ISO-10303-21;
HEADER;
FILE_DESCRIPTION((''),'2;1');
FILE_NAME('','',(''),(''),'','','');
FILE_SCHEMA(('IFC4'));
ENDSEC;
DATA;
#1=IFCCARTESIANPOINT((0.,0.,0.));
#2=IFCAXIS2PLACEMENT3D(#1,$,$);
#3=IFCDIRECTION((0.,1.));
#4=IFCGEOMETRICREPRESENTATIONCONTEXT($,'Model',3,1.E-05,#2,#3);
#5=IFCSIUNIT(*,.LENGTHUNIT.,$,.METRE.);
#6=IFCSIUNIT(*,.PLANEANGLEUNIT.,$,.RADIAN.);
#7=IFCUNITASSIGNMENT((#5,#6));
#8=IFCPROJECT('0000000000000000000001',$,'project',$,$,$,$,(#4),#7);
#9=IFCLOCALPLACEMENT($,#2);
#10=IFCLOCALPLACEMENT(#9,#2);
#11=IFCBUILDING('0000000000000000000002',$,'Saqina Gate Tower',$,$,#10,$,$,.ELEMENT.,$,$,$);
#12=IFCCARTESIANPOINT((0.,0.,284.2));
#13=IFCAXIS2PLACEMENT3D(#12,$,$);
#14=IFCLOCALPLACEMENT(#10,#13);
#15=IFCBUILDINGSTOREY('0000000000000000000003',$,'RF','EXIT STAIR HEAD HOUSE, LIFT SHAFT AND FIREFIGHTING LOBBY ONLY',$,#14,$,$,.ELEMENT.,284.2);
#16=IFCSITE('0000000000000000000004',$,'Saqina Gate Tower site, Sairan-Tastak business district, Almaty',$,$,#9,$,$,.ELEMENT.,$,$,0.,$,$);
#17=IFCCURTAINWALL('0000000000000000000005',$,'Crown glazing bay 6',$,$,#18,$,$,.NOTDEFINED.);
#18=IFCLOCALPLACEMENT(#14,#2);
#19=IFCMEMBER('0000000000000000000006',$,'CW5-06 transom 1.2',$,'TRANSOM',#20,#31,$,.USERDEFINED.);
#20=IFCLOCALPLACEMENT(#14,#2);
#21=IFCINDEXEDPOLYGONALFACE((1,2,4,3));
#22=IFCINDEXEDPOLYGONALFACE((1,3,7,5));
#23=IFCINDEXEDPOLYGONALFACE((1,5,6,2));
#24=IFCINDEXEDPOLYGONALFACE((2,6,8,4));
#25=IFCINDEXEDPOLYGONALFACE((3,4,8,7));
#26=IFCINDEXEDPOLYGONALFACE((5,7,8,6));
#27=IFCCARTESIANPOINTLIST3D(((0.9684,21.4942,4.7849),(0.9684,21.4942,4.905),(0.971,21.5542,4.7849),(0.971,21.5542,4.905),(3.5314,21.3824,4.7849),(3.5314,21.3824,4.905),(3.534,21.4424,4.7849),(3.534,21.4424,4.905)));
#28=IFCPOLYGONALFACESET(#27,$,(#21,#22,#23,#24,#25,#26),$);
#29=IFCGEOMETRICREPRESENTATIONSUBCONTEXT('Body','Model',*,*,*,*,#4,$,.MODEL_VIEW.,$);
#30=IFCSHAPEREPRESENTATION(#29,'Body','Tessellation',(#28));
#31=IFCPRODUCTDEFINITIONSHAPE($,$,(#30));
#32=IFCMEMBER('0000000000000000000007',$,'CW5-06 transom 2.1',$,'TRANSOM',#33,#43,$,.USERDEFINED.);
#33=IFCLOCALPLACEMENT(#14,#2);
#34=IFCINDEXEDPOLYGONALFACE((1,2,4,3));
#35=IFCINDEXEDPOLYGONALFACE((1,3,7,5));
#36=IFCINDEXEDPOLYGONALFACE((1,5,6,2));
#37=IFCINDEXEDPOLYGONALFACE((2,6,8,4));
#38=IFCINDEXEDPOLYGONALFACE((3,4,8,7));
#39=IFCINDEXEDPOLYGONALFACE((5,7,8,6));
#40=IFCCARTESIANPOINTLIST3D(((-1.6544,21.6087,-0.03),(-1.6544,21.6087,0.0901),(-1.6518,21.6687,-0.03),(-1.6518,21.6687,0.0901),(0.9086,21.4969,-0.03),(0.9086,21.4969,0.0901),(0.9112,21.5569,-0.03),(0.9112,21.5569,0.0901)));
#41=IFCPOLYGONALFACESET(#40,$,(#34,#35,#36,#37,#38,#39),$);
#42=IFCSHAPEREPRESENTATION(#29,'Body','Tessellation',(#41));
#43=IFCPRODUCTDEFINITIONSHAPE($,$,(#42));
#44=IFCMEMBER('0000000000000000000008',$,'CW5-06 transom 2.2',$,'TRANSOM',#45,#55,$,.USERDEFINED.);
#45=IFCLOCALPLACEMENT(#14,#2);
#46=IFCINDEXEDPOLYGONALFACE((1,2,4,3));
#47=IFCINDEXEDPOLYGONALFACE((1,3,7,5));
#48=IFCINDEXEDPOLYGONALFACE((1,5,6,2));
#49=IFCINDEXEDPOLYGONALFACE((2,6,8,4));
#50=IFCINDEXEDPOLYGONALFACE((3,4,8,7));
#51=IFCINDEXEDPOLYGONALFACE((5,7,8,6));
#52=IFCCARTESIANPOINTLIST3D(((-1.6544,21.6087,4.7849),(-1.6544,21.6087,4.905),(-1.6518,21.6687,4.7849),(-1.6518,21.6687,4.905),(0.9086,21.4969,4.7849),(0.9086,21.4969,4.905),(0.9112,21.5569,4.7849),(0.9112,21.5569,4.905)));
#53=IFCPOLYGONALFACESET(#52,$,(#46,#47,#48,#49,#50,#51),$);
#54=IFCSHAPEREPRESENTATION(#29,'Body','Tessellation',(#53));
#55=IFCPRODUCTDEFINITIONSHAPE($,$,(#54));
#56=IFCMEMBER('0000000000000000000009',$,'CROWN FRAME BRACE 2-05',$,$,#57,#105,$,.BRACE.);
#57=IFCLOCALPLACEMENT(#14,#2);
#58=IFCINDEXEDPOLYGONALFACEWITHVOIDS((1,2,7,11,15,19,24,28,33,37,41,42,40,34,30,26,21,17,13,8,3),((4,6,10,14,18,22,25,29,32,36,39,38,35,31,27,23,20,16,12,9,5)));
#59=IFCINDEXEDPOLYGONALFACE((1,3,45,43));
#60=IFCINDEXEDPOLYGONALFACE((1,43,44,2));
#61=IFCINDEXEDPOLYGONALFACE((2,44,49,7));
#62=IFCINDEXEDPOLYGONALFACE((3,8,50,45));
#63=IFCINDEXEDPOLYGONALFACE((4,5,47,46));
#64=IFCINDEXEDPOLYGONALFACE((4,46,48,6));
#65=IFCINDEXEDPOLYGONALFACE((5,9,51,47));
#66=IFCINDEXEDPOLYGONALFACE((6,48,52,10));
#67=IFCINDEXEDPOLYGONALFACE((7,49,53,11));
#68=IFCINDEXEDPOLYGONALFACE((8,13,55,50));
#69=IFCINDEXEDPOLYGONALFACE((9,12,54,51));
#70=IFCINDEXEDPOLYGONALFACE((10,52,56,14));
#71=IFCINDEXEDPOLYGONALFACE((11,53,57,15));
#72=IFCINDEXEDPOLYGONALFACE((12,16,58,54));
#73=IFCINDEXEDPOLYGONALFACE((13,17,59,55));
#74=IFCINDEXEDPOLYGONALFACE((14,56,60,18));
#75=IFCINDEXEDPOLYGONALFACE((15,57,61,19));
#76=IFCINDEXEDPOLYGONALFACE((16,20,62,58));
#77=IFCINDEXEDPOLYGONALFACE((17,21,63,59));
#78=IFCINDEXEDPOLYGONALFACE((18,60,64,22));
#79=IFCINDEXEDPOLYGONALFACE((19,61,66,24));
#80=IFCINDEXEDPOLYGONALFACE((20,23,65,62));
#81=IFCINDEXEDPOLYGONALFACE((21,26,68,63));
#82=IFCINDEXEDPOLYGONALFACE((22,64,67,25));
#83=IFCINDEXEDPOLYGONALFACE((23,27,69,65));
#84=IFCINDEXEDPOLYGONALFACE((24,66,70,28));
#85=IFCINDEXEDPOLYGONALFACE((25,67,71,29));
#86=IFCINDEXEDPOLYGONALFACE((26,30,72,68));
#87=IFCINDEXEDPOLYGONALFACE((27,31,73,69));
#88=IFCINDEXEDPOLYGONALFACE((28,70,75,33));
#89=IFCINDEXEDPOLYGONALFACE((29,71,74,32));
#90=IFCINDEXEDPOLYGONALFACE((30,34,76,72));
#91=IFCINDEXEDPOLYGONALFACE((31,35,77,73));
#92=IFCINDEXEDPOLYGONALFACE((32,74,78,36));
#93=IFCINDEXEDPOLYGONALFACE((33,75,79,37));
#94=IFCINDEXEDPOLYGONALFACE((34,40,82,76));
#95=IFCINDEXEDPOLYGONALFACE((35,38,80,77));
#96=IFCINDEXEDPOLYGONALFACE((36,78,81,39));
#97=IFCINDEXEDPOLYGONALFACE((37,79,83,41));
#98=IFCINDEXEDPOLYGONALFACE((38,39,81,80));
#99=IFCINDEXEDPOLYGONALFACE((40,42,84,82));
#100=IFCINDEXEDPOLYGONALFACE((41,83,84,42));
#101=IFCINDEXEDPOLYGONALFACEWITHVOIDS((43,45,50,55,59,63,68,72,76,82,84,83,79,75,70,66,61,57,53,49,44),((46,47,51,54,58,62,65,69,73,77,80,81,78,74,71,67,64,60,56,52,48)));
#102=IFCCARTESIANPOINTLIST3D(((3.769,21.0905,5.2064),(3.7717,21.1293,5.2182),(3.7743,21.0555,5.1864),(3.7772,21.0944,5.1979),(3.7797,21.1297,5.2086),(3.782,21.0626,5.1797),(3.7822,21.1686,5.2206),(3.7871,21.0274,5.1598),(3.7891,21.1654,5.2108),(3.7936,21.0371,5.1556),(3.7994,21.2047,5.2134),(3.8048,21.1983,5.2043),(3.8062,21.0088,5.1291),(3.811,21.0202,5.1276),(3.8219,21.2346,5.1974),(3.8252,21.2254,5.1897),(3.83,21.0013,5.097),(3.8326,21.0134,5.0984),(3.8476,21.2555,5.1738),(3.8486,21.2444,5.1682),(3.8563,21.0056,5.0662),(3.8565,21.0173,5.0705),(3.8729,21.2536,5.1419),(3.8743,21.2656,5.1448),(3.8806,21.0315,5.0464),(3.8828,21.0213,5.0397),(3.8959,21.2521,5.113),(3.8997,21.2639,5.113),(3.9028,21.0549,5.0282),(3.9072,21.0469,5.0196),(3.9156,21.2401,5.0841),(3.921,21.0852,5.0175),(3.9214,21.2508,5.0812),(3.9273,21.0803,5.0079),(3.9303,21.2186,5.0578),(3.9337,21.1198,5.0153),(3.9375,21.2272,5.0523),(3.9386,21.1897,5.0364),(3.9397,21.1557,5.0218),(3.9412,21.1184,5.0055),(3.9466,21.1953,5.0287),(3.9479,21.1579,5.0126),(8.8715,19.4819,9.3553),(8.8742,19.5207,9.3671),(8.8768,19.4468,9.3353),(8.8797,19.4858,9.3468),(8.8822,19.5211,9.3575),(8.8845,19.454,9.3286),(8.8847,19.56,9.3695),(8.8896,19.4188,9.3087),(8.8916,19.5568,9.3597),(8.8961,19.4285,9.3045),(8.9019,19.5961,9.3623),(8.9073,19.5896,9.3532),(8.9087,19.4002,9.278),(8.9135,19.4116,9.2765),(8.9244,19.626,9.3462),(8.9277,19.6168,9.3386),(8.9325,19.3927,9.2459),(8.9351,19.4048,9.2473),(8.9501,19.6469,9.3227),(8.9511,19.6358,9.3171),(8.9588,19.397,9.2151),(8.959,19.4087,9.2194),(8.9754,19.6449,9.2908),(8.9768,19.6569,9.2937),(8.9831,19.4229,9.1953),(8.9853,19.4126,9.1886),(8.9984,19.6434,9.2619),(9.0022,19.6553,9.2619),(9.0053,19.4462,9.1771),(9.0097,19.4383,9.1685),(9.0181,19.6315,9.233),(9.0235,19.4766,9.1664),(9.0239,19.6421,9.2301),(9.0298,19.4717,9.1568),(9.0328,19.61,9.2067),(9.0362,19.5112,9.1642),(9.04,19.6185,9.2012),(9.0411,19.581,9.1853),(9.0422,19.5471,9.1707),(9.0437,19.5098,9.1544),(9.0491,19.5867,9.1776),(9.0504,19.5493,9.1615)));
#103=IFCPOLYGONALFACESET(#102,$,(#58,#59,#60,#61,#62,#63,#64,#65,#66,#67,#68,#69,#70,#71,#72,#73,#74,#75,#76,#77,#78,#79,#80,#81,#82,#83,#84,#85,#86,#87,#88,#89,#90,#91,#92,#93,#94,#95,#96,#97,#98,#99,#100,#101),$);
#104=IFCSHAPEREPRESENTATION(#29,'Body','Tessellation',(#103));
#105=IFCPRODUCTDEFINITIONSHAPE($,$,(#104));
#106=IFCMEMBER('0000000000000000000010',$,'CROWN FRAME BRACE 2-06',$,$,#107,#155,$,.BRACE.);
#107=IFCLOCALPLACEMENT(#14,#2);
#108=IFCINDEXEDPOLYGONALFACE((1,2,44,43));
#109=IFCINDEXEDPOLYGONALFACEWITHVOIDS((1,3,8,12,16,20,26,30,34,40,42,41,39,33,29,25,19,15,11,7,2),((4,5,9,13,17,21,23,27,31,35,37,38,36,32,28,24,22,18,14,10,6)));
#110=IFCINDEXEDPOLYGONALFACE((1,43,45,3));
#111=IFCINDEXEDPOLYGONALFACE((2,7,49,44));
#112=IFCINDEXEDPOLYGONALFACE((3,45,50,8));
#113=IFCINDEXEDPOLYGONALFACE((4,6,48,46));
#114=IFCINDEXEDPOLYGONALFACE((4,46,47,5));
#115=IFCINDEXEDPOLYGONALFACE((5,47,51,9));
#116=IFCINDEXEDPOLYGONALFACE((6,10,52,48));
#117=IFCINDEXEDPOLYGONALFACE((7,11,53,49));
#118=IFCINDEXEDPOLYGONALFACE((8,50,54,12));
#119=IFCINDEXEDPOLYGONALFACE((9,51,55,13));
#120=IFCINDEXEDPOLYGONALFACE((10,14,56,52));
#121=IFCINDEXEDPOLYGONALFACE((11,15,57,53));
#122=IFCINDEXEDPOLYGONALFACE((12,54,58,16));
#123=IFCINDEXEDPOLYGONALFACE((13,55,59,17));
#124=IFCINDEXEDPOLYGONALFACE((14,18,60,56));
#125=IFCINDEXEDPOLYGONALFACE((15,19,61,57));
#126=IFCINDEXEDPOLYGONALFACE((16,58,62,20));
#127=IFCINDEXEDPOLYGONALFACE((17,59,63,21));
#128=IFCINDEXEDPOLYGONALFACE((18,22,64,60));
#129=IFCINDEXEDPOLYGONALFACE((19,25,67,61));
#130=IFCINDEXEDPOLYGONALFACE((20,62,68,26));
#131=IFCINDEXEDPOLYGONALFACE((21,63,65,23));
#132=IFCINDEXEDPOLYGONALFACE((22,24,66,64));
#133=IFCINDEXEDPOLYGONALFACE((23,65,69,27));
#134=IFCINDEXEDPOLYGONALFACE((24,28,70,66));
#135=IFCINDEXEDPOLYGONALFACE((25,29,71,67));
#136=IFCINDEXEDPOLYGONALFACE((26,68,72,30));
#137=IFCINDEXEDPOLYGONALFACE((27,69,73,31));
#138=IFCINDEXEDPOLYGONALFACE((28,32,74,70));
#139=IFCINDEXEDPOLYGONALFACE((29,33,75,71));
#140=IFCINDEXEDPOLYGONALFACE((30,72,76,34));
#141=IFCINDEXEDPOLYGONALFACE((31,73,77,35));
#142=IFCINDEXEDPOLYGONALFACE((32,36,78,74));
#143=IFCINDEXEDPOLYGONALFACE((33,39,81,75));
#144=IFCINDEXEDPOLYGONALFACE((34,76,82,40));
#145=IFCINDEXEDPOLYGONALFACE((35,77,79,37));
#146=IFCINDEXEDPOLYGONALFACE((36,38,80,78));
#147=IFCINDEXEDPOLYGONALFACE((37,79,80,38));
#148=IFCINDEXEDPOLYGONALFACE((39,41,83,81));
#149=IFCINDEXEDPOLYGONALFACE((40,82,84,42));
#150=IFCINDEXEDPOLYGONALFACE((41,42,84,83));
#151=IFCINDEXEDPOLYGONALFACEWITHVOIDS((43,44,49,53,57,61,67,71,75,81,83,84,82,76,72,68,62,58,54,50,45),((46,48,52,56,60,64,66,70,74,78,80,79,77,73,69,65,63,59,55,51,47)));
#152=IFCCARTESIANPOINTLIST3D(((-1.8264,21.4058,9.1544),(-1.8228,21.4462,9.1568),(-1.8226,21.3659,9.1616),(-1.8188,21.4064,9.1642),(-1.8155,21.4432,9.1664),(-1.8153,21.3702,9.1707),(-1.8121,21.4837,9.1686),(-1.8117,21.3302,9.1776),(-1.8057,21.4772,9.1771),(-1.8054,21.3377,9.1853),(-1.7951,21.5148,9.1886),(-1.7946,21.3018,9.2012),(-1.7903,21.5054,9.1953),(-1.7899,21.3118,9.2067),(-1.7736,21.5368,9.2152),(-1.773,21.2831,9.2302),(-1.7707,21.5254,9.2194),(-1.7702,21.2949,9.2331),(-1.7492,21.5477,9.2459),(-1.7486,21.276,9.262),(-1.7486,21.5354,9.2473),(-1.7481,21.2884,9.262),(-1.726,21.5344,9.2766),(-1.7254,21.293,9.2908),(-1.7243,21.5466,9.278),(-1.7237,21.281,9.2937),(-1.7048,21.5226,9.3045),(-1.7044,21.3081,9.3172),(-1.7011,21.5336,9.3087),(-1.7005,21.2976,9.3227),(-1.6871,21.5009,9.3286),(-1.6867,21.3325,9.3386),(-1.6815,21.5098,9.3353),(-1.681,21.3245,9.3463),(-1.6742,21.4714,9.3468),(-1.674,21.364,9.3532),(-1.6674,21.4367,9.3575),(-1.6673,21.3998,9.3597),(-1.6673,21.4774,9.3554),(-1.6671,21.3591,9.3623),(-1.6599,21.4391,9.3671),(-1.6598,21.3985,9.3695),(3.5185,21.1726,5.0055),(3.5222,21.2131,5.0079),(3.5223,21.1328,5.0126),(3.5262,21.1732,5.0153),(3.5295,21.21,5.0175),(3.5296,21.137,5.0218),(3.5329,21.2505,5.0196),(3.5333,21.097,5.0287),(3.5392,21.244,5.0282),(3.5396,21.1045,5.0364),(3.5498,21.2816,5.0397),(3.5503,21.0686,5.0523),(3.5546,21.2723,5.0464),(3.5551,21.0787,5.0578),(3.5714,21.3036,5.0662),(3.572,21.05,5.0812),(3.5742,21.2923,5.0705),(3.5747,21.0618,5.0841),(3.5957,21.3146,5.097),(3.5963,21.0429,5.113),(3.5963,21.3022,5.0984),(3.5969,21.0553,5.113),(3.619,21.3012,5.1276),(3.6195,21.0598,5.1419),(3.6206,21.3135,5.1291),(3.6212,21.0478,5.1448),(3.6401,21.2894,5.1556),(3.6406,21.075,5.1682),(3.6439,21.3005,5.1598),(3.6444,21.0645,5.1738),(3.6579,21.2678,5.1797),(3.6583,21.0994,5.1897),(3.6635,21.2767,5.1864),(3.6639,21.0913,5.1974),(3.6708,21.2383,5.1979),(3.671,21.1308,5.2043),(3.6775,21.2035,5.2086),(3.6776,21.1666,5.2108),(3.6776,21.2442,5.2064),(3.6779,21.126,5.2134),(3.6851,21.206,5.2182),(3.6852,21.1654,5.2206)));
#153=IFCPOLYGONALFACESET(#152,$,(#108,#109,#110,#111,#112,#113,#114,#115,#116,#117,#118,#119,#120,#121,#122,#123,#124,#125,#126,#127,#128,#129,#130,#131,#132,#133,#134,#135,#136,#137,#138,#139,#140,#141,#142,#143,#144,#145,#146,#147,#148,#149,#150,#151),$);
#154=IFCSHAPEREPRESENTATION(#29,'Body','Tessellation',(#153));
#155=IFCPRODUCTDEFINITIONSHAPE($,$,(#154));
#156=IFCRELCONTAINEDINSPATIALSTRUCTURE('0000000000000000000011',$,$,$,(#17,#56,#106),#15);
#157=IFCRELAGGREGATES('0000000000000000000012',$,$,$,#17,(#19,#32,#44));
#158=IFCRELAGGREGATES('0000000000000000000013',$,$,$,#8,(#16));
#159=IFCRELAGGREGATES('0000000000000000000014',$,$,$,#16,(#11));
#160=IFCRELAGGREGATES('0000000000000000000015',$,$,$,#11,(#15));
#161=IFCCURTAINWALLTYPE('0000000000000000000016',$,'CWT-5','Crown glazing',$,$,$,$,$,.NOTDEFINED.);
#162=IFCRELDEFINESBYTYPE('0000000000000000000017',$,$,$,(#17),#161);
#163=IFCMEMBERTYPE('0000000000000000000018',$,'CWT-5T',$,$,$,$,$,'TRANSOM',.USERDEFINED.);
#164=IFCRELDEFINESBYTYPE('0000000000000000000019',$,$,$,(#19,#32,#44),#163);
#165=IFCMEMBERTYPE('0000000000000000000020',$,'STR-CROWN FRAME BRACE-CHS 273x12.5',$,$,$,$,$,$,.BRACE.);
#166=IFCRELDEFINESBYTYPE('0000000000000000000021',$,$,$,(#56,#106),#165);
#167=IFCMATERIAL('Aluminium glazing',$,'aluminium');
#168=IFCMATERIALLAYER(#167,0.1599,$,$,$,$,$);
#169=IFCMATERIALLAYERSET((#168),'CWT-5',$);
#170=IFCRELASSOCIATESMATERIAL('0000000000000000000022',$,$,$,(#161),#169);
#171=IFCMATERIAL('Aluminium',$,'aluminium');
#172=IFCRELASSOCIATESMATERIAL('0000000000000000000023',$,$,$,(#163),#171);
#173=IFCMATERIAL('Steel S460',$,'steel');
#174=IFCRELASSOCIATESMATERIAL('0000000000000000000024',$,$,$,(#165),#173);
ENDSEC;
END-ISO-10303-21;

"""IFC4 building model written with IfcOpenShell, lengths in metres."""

from ifc_helpers import new_model, si_unit, direction, frame, origin, origin_2d, place, context, subcontext, project, spatial, rectangle, hollow_circle, extrude, material, layer, layer_set, material_profile, profile_set, type_object, element, aggregate, save


model = new_model("IFC4")

# Units and contexts
model_context = context("Model", 3, precision=1e-05, world=origin(), true_north=direction((0.0, 1.0)))
body_context = subcontext(model_context, "Body", "Model", "MODEL_VIEW")
ifc_project = project(units=[si_unit("LENGTHUNIT", "METRE"), si_unit("PLANEANGLEUNIT", "RADIAN")], contexts=[model_context])

# Site, building, storey
site_placement = place(None, origin())
site = spatial("IfcSite", under=ifc_project, at=site_placement, Name="Saqina Gate Tower site, Sairan-Tastak business district, Almaty", CompositionType="ELEMENT", RefElevation=0.0)
building_placement = place(site_placement, origin())
building = spatial("IfcBuilding", under=site, at=building_placement, Name="Saqina Gate Tower", CompositionType="ELEMENT")
storey_placement = place(building_placement, frame((0.0, 0.0, 284.2)))
storey = spatial("IfcBuildingStorey", under=building, at=storey_placement, Name="RF", Description="EXIT STAIR HEAD HOUSE, LIFT SHAFT AND FIREFIGHTING LOBBY ONLY", CompositionType="ELEMENT", Elevation=284.2)

# Shared definitions
ifc_material_1 = material(Name="Aluminium glazing", Category="aluminium")
ifc_layer_1 = layer(ifc_material_1, 0.1599)
ifc_layer_set_1 = layer_set([ifc_layer_1], Name="CWT-5")
curtain_wall_type = type_object("IfcCurtainWallType", Name="CWT-5", Description="Crown glazing", PredefinedType="NOTDEFINED", material=ifc_layer_set_1)

# Curtain wall, members
curtain_wall_1_placement = place(storey_placement, origin())
curtain_wall_1 = element("IfcCurtainWall", 1, at=curtain_wall_1_placement, inside=storey, type_object=curtain_wall_type, Name="Crown glazing bay 6", PredefinedType="NOTDEFINED")
ifc_material_2 = material(Name="Aluminium", Category="aluminium")
ifc_material_profile_1 = material_profile(ifc_material_2, rectangle(XDim=0.0601, YDim=0.1201, at=origin_2d()), Name="Aluminium 60x120")
ifc_profile_set_1 = profile_set([ifc_material_profile_1], Name="Aluminium")
member_type_1 = type_object("IfcMemberType", Name="CWT-5T", ElementType="TRANSOM", PredefinedType="USERDEFINED", material=ifc_profile_set_1)
member_1_placement = place(storey_placement, frame((3.5327, 21.4124, 4.845), z_axis=(-0.99905, 0.043586, 0.0), x_axis=(-0.043586, -0.99905, 0.0)))
member_1 = element("IfcMember", 2, at=member_1_placement, type_object=member_type_1, Name="CW5-06 transom 1.2", ObjectType="TRANSOM", PredefinedType="USERDEFINED", context=body_context, shape_type="SweptSolid", body=[
    extrude(rectangle(XDim=0.0601, YDim=0.1201, at=origin_2d()), origin(), (0.0, 0.0, 1.0), 2.5654),
])
member_2_placement = place(storey_placement, frame((0.9099, 21.5269, 0.03), z_axis=(-0.99905, 0.043586, 0.0), x_axis=(-0.043586, -0.99905, 0.0)))
member_2 = element("IfcMember", 3, at=member_2_placement, type_object=member_type_1, Name="CW5-06 transom 2.1", ObjectType="TRANSOM", PredefinedType="USERDEFINED", context=body_context, shape_type="SweptSolid", body=[
    extrude(rectangle(XDim=0.0601, YDim=0.1201, at=origin_2d()), origin(), (0.0, 0.0, 1.0), 2.5654),
])
member_3_placement = place(storey_placement, frame((0.9099, 21.5269, 4.845), z_axis=(-0.99905, 0.043586, 0.0), x_axis=(-0.043586, -0.99905, 0.0)))
member_3 = element("IfcMember", 4, at=member_3_placement, type_object=member_type_1, Name="CW5-06 transom 2.2", ObjectType="TRANSOM", PredefinedType="USERDEFINED", context=body_context, shape_type="SweptSolid", body=[
    extrude(rectangle(XDim=0.0601, YDim=0.1201, at=origin_2d()), origin(), (0.0, 0.0, 1.0), 2.5654),
])

# Members
ifc_material_3 = material(Name="Steel S460", Category="steel")
ifc_material_profile_2 = material_profile(ifc_material_3, hollow_circle(Radius=0.1365, WallThickness=0.0125, at=origin_2d()), Name="CHS 273x12.5")
ifc_profile_set_2 = profile_set([ifc_material_profile_2], Name="Steel S460")
member_type_2 = type_object("IfcMemberType", Name="STR-CROWN FRAME BRACE-CHS 273x12.5", PredefinedType="BRACE", material=ifc_profile_set_2)
for number, where, z_axis, x_axis, name in (
    (5, (3.8586, 21.1338, 5.113), (0.753663, -0.237602, 0.612811), (0.300675, 0.953727, 0.0), "CROWN FRAME BRACE 2-05"),
    (6, (3.6023, 21.1792, 5.113), (-0.789476, 0.034438, 0.612815), (-0.04358, -0.99905, 0.0), "CROWN FRAME BRACE 2-06"),
):
    element("IfcMember", number, at=place(storey_placement, frame(where, z_axis=z_axis, x_axis=x_axis)), inside=storey, type_object=member_type_2, Name=name, PredefinedType="BRACE", context=body_context, shape_type="SweptSolid", body=[
        extrude(hollow_circle(Radius=0.1365, WallThickness=0.0125, at=origin_2d()), origin(), (0.0, 0.0, 1.0), 6.7703),
    ])

aggregate(curtain_wall_1, [member_1, member_2, member_3])

save(model, "model.ifc")
